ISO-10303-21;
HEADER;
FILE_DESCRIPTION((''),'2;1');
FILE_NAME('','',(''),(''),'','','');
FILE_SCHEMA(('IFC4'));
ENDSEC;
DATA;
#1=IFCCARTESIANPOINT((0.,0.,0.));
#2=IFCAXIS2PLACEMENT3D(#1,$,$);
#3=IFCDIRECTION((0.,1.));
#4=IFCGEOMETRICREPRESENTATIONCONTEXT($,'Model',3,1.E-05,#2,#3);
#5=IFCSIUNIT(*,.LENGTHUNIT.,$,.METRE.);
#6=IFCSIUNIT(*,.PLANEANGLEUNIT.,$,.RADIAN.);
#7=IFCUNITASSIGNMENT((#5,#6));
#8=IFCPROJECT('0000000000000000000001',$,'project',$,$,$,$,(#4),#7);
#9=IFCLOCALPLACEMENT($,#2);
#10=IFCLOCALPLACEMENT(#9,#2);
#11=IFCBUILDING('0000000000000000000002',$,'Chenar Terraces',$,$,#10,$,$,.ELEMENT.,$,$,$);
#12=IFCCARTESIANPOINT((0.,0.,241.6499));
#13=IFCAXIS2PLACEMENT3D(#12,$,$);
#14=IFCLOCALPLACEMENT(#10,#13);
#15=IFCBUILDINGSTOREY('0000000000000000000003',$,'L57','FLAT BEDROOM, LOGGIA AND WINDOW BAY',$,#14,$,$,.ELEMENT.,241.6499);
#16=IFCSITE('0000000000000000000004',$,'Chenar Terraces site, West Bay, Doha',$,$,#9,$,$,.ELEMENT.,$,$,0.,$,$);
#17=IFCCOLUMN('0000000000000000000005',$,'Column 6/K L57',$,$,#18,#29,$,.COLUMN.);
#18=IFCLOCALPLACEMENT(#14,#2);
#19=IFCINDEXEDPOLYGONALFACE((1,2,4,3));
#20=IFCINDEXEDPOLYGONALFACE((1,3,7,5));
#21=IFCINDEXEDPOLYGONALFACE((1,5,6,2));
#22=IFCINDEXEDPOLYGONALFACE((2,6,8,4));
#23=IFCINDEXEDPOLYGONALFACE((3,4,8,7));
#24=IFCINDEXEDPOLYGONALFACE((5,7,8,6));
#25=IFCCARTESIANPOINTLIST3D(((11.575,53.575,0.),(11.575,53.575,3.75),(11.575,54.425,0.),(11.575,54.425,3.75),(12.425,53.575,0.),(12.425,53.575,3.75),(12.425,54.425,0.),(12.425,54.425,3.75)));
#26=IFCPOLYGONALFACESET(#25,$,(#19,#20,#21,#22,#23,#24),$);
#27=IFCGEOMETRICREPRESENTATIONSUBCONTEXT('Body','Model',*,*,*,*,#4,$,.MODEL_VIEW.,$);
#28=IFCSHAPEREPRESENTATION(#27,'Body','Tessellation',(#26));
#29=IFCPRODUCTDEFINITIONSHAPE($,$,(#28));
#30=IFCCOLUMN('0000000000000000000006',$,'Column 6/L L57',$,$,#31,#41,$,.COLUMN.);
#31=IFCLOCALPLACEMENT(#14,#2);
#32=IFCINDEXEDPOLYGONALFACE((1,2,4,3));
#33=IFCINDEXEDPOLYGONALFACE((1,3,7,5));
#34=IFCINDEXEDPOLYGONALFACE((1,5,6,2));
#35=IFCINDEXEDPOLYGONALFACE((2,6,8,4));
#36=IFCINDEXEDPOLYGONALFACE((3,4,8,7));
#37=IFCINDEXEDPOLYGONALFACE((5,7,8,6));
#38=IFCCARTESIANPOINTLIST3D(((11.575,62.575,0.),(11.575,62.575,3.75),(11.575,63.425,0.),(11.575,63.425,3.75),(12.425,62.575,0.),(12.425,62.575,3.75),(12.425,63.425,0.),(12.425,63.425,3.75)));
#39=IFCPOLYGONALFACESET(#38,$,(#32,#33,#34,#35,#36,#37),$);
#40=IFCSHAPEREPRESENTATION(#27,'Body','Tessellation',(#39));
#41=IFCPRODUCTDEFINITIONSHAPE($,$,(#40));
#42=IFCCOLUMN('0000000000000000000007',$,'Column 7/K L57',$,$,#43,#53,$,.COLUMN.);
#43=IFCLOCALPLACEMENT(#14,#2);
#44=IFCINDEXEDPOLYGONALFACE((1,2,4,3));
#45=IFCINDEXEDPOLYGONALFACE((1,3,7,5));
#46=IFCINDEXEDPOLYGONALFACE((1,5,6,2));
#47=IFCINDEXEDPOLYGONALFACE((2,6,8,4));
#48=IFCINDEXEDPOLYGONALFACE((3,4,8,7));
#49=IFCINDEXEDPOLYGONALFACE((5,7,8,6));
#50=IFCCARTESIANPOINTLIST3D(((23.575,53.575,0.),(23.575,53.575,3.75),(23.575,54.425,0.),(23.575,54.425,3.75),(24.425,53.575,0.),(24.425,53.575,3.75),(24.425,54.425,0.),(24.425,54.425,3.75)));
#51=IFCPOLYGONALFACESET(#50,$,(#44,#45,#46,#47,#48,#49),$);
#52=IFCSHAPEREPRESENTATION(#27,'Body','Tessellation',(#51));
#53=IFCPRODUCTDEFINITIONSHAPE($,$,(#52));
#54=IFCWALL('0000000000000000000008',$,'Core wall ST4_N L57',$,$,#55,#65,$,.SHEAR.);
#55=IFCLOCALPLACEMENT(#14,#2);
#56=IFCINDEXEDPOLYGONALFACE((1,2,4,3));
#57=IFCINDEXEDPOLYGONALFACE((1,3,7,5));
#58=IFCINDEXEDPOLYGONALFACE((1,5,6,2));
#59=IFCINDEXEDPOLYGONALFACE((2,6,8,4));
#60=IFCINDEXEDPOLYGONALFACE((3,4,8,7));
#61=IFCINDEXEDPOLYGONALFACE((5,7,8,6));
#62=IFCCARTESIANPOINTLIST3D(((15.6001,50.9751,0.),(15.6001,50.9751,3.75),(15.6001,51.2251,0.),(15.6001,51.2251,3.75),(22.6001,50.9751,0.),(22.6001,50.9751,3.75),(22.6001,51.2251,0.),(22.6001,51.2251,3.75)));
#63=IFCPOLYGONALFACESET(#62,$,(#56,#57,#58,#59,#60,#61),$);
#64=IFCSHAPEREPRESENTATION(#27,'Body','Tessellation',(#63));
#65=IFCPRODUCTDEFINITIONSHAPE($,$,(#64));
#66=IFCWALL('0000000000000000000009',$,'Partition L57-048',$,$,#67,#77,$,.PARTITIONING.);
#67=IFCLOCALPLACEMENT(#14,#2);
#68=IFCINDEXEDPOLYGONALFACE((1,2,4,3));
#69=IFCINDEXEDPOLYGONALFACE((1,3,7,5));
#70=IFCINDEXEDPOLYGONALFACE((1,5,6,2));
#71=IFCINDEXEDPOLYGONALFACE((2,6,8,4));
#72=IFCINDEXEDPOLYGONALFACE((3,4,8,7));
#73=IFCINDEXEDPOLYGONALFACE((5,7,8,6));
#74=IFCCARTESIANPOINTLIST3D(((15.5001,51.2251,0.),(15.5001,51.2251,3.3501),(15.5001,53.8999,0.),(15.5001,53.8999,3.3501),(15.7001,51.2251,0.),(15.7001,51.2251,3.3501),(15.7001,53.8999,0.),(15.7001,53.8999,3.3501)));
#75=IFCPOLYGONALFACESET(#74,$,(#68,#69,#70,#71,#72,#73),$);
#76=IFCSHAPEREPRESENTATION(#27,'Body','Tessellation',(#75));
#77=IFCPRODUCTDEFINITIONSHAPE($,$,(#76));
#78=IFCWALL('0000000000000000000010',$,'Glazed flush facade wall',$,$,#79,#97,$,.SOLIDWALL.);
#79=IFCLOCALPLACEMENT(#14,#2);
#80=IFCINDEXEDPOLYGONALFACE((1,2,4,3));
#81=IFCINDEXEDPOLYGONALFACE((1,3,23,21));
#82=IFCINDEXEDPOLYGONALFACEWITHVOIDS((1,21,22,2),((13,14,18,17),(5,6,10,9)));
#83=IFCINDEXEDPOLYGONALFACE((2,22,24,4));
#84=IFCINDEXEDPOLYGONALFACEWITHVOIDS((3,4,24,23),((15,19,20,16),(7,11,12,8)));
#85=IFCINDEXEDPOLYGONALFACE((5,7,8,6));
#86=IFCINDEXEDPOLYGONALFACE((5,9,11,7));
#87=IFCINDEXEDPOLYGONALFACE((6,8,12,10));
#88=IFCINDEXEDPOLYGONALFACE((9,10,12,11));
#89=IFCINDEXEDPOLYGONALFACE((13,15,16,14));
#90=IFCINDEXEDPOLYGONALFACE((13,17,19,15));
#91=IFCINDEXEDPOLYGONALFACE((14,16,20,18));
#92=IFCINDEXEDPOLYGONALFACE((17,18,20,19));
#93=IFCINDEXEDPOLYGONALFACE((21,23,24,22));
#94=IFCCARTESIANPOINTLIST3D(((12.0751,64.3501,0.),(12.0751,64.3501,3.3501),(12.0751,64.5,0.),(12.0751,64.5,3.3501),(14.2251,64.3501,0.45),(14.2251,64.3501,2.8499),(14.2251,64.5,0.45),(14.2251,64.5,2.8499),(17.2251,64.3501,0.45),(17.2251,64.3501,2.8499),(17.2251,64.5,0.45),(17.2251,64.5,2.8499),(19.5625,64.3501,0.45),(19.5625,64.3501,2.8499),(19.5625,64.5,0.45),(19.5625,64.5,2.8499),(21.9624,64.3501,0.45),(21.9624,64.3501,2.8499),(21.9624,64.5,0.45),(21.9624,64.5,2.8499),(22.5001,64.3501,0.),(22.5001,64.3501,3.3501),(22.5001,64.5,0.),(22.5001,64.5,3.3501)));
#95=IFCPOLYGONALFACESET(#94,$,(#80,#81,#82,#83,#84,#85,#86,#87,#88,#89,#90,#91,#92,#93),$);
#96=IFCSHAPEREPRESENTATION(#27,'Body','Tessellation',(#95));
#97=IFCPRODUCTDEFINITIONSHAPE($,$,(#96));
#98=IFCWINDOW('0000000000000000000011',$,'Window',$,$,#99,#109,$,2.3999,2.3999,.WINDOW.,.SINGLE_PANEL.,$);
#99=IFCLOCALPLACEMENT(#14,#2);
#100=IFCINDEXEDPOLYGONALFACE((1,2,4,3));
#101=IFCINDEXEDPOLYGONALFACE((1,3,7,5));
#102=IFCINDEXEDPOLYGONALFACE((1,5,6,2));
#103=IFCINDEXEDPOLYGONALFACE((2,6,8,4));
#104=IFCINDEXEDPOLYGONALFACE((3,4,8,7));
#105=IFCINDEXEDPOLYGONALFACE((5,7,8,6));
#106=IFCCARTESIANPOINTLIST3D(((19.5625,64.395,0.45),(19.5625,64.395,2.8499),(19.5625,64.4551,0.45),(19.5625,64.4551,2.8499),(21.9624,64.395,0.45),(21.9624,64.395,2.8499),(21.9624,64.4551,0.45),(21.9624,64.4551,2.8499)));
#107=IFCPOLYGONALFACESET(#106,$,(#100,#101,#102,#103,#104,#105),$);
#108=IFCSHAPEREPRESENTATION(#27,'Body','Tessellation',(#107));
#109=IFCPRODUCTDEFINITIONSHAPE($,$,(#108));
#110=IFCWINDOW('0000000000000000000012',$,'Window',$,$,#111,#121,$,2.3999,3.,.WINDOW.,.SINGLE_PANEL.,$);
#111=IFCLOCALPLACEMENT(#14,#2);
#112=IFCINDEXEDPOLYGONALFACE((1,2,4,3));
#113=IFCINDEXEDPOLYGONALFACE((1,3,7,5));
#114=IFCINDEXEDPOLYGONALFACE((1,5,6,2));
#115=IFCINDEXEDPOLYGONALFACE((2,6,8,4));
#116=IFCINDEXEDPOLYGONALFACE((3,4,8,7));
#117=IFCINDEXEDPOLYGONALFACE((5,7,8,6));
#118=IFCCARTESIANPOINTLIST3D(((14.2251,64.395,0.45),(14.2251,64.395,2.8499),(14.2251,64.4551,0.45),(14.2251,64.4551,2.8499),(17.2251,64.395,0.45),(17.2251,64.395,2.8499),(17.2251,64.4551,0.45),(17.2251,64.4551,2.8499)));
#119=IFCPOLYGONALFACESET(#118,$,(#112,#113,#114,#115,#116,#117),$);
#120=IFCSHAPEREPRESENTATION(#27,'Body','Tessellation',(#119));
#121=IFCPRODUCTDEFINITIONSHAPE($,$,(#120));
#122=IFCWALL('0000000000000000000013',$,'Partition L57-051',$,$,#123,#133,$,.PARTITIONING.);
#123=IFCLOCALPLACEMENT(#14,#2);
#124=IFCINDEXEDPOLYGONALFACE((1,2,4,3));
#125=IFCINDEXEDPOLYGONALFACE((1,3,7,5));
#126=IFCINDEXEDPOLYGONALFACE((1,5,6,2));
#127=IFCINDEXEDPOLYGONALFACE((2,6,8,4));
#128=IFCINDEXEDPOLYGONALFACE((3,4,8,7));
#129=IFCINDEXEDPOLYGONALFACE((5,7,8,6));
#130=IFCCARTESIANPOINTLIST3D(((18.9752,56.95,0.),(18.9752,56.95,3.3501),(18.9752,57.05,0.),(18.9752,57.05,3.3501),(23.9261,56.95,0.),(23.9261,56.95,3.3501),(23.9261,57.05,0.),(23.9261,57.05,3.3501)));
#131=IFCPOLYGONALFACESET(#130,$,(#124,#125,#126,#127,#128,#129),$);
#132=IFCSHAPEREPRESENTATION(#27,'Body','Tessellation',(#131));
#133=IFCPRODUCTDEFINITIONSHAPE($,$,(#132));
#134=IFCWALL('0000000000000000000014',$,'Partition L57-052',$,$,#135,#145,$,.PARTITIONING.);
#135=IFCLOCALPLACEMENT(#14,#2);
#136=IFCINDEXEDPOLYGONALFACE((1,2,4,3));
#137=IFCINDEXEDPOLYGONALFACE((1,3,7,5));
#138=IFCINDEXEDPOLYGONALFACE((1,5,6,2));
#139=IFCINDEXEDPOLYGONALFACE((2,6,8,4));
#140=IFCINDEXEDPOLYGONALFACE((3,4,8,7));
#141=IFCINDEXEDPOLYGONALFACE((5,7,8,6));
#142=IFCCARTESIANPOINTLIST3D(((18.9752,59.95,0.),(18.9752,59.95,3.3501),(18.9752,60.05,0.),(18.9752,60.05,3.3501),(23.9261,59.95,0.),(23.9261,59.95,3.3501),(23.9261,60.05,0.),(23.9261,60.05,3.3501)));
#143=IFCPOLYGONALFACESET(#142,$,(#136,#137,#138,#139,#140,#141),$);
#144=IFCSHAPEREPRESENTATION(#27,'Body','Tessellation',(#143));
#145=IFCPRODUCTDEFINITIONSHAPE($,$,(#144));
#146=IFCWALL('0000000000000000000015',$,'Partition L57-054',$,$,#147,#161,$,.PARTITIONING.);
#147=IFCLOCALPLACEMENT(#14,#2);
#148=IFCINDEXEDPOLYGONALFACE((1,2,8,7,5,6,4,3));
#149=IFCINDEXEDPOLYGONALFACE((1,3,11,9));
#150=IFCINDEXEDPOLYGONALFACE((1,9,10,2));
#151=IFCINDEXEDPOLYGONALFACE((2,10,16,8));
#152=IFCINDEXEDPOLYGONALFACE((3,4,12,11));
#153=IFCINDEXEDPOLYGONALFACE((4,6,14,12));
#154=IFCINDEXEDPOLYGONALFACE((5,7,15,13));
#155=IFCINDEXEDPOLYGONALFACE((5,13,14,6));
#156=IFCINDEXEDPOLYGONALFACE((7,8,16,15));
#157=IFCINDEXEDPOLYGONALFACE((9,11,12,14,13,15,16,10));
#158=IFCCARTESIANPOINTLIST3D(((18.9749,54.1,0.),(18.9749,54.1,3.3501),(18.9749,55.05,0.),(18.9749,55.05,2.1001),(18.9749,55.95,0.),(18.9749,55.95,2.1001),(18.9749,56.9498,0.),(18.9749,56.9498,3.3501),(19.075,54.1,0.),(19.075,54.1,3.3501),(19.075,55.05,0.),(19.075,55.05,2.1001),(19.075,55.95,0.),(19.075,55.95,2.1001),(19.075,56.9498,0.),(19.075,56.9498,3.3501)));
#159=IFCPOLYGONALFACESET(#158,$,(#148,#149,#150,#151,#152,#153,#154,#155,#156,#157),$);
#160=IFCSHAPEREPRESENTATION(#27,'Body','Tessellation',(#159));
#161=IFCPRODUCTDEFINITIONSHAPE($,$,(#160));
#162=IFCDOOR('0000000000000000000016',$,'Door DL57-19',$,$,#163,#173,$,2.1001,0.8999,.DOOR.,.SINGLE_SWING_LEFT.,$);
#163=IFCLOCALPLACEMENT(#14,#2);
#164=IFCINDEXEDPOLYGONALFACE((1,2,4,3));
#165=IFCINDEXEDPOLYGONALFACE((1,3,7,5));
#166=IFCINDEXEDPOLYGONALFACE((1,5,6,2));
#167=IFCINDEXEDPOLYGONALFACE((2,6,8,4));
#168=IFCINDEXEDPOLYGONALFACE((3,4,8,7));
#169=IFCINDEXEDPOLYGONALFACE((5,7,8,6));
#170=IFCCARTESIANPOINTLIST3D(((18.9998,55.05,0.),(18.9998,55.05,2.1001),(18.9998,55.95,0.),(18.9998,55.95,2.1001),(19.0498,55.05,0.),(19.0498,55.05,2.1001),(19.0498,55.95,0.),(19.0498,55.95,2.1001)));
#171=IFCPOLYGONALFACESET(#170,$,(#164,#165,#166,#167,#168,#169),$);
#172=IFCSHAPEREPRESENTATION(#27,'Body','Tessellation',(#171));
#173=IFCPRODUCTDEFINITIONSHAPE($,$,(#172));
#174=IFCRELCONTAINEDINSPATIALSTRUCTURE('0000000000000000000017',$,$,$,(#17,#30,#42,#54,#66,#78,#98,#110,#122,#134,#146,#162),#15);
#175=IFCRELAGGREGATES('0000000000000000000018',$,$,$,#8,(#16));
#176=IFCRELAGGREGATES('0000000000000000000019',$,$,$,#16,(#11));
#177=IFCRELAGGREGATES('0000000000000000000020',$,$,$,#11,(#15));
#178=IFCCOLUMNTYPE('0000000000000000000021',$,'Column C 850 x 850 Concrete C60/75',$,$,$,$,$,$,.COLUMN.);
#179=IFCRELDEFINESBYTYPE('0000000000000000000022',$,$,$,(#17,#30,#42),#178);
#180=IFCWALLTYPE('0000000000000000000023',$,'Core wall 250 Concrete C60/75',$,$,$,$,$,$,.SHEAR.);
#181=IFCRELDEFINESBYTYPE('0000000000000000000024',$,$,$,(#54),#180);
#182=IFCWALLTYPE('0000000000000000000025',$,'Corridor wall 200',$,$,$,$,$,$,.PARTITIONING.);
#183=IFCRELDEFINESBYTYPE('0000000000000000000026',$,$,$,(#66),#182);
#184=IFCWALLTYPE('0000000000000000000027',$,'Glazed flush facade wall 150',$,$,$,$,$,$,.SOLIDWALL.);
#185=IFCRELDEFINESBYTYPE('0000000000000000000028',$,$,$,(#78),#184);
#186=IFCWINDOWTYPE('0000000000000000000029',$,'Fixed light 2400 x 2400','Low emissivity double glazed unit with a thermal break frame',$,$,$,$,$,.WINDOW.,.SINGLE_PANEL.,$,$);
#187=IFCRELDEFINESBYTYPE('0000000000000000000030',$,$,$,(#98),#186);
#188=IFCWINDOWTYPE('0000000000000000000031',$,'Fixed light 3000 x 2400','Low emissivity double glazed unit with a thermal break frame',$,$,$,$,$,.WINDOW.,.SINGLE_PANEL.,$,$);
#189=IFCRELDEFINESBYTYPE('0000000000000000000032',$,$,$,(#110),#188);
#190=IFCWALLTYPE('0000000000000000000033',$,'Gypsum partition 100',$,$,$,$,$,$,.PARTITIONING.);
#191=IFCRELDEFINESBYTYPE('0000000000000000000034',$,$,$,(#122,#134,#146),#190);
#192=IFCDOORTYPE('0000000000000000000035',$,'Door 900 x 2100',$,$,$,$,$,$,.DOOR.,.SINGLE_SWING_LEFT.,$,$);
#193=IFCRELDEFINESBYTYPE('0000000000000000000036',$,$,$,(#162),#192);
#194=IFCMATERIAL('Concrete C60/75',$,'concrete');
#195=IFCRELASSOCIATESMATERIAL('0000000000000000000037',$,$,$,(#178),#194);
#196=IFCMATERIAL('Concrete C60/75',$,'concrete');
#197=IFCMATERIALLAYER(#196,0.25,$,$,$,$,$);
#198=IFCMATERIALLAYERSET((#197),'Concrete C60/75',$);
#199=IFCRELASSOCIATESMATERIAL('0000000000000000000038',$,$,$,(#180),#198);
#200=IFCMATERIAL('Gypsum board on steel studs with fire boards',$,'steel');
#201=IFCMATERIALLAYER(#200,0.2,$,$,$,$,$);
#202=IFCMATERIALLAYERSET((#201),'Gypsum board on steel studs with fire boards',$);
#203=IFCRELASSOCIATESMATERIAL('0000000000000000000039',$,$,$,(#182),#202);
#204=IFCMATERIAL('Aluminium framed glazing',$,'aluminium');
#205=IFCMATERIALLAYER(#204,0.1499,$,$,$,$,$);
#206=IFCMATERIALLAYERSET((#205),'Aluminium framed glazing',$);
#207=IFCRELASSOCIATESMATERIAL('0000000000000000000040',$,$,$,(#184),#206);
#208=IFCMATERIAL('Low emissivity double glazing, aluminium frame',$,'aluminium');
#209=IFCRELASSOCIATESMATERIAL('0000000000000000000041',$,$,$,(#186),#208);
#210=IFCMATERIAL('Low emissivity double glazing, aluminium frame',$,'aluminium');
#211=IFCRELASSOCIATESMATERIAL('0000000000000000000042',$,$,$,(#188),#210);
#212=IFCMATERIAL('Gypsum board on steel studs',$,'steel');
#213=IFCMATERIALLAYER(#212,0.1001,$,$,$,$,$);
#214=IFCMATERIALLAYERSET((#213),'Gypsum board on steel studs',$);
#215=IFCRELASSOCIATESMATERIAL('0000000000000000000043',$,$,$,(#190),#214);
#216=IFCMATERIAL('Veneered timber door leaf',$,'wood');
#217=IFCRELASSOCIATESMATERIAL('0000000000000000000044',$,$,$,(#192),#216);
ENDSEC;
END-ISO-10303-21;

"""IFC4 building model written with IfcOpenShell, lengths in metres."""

from ifc_helpers import new_model, si_unit, direction, frame, frame_2d, origin, origin_2d, place, context, subcontext, project, spatial, rectangle, extrude, material, layer, layer_set, material_profile, profile_set, type_object, element, fill, save


model = new_model("IFC4")

# Units and contexts
model_context = context("Model", 3, precision=1e-05, world=origin(), true_north=direction((0.0, 1.0)))
body_context = subcontext(model_context, "Body", "Model", "MODEL_VIEW")
ifc_project = project(units=[si_unit("LENGTHUNIT", "METRE"), si_unit("PLANEANGLEUNIT", "RADIAN")], contexts=[model_context])

# Site, building, storey
site_placement = place(None, origin())
site = spatial("IfcSite", under=ifc_project, at=site_placement, Name="Chenar Terraces site, West Bay, Doha", CompositionType="ELEMENT", RefElevation=0.0)
building_placement = place(site_placement, origin())
building = spatial("IfcBuilding", under=site, at=building_placement, Name="Chenar Terraces", CompositionType="ELEMENT")
storey_placement = place(building_placement, frame((0.0, 0.0, 241.6499)))
storey = spatial("IfcBuildingStorey", under=building, at=storey_placement, Name="L57", Description="FLAT BEDROOM, LOGGIA AND WINDOW BAY", CompositionType="ELEMENT", Elevation=241.6499)

# Columns
ifc_material_1 = material(Name="Concrete C60/75", Category="concrete")
ifc_material_profile = material_profile(ifc_material_1, rectangle(XDim=0.8501, YDim=0.8501, at=origin_2d()), Name="C 850 x 850")
ifc_profile_set = profile_set([ifc_material_profile], Name="Concrete C60/75")
column_type = type_object("IfcColumnType", Name="Column C 850 x 850 Concrete C60/75", PredefinedType="COLUMN", material=ifc_profile_set)
for number, where, z_axis, x_axis, name in (
    (1, (12.0, 54.0, 0.0), (0.0, 0.0, 1.0), (1.0, 0.0, 0.0), "Column 6/K L57"),
    (2, (12.0, 63.0, 0.0), (0.0, 0.0, 1.0), (1.0, 0.0, 0.0), "Column 6/L L57"),
    (3, (24.0, 54.0, 0.0), (0.0, 0.0, 1.0), (1.0, 0.0, 0.0), "Column 7/K L57"),
):
    element("IfcColumn", number, at=place(storey_placement, frame(where, z_axis=z_axis, x_axis=x_axis)), inside=storey, type_object=column_type, Name=name, PredefinedType="COLUMN", context=body_context, shape_type="SweptSolid", body=[
        extrude(rectangle(XDim=0.8501, YDim=0.8501, at=origin_2d()), origin(), (0.0, 0.0, 1.0), 3.75),
    ])

# Walls
ifc_material_2 = material(Name="Concrete C60/75", Category="concrete")
ifc_layer_1 = layer(ifc_material_2, 0.25)
ifc_layer_set_1 = layer_set([ifc_layer_1], Name="Concrete C60/75")
wall_type_1 = type_object("IfcWallType", Name="Core wall 250 Concrete C60/75", PredefinedType="SHEAR", material=ifc_layer_set_1)
wall_1_placement = place(storey_placement, frame((15.6001, 51.1001, 0.0), z_axis=(0.0, 0.0, 1.0), x_axis=(1.0, 0.0, 0.0)))
element("IfcWall", 4, at=wall_1_placement, inside=storey, type_object=wall_type_1, Name="Core wall ST4_N L57", PredefinedType="SHEAR", context=body_context, shape_type="SweptSolid", body=[
    extrude(rectangle(XDim=7.0, YDim=0.25, at=frame_2d((3.5, 0.0))), origin(), (0.0, 0.0, 1.0), 3.75),
])
ifc_material_3 = material(Name="Gypsum board on steel studs with fire boards", Category="steel")
ifc_layer_2 = layer(ifc_material_3, 0.2)
ifc_layer_set_2 = layer_set([ifc_layer_2], Name="Gypsum board on steel studs with fire boards")
wall_type_2 = type_object("IfcWallType", Name="Corridor wall 200", PredefinedType="PARTITIONING", material=ifc_layer_set_2)
wall_2_placement = place(storey_placement, frame((15.6001, 51.2251, 0.0), z_axis=(0.0, 0.0, 1.0), x_axis=(0.0, 1.0, 0.0)))
element("IfcWall", 5, at=wall_2_placement, inside=storey, type_object=wall_type_2, Name="Partition L57-048", PredefinedType="PARTITIONING", context=body_context, shape_type="SweptSolid", body=[
    extrude(rectangle(XDim=2.6748, YDim=0.2, at=frame_2d((1.3374, 0.0))), origin(), (0.0, 0.0, 1.0), 3.3501),
])

# Wall, openings, windows
ifc_material_4 = material(Name="Aluminium framed glazing", Category="aluminium")
ifc_layer_3 = layer(ifc_material_4, 0.1499)
ifc_layer_set_3 = layer_set([ifc_layer_3], Name="Aluminium framed glazing")
wall_type_3 = type_object("IfcWallType", Name="Glazed flush facade wall 150", PredefinedType="SOLIDWALL", material=ifc_layer_set_3)
wall_3_placement = place(storey_placement, frame((22.5, 64.425, 0.0), z_axis=(0.0, 0.0, 1.0), x_axis=(-1.0, 0.0, 0.0)))
wall_3 = element("IfcWall", 6, at=wall_3_placement, inside=storey, type_object=wall_type_3, Name="Glazed flush facade wall", PredefinedType="SOLIDWALL", context=body_context, shape_type="SweptSolid", body=[
    extrude(rectangle(XDim=10.425, YDim=0.1499, at=frame_2d((5.2124, 0.0))), origin(), (0.0, 0.0, 1.0), 3.3501),
])
opening_1_placement = place(wall_3_placement, frame((0.5376, 0.0, 0.45)))
opening_1 = element("IfcOpeningElement", 7, at=opening_1_placement, cuts=wall_3, PredefinedType="OPENING", context=body_context, shape_type="SweptSolid", body=[
    extrude(rectangle(XDim=2.3999, YDim=2.3999, at=frame_2d((1.2, 1.2))), frame((0.0, 0.085, 0.0), z_axis=(0.0, -1.0, 0.0), x_axis=(1.0, 0.0, 0.0)), (0.0, 0.0, 1.0), 0.1699),
])
opening_2_placement = place(wall_3_placement, frame((5.2749, 0.0, 0.45)))
opening_2 = element("IfcOpeningElement", 8, at=opening_2_placement, cuts=wall_3, PredefinedType="OPENING", context=body_context, shape_type="SweptSolid", body=[
    extrude(rectangle(XDim=3.0, YDim=2.3999, at=frame_2d((1.5, 1.2))), frame((0.0, 0.085, 0.0), z_axis=(0.0, -1.0, 0.0), x_axis=(1.0, 0.0, 0.0)), (0.0, 0.0, 1.0), 0.1699),
])
ifc_material_5 = material(Name="Low emissivity double glazing, aluminium frame", Category="aluminium")
window_type_1 = type_object("IfcWindowType", Name="Fixed light 2400 x 2400", Description="Low emissivity double glazed unit with a thermal break frame", PartitioningType="SINGLE_PANEL", PredefinedType="WINDOW", material=ifc_material_5)
window_1_placement = place(opening_1_placement, origin())
window_1 = element("IfcWindow", 9, at=window_1_placement, inside=storey, type_object=window_type_1, Name="Window", OverallHeight=2.3999, OverallWidth=2.3999, PartitioningType="SINGLE_PANEL", PredefinedType="WINDOW", context=body_context, shape_type="SweptSolid", body=[
    extrude(rectangle(XDim=2.3999, YDim=2.3999, at=frame_2d((1.2, 1.2))), frame((0.0, 0.03, 0.0), z_axis=(0.0, -1.0, 0.0), x_axis=(1.0, 0.0, 0.0)), (0.0, 0.0, 1.0), 0.0601),
])
fill(opening_1, window_1)
ifc_material_6 = material(Name="Low emissivity double glazing, aluminium frame", Category="aluminium")
window_type_2 = type_object("IfcWindowType", Name="Fixed light 3000 x 2400", Description="Low emissivity double glazed unit with a thermal break frame", PartitioningType="SINGLE_PANEL", PredefinedType="WINDOW", material=ifc_material_6)
window_2_placement = place(opening_2_placement, origin())
window_2 = element("IfcWindow", 10, at=window_2_placement, inside=storey, type_object=window_type_2, Name="Window", OverallHeight=2.3999, OverallWidth=3.0, PartitioningType="SINGLE_PANEL", PredefinedType="WINDOW", context=body_context, shape_type="SweptSolid", body=[
    extrude(rectangle(XDim=3.0, YDim=2.3999, at=frame_2d((1.5, 1.2))), frame((0.0, 0.03, 0.0), z_axis=(0.0, -1.0, 0.0), x_axis=(1.0, 0.0, 0.0)), (0.0, 0.0, 1.0), 0.0601),
])
fill(opening_2, window_2)

# Walls
ifc_material_7 = material(Name="Gypsum board on steel studs", Category="steel")
ifc_layer_4 = layer(ifc_material_7, 0.1001)
ifc_layer_set_4 = layer_set([ifc_layer_4], Name="Gypsum board on steel studs")
wall_type_4 = type_object("IfcWallType", Name="Gypsum partition 100", PredefinedType="PARTITIONING", material=ifc_layer_set_4)
for number, where, z_axis, x_axis, name in (
    (11, (18.9751, 57.0, 0.0), (0.0, 0.0, 1.0), (1.0, 0.0, 0.0), "Partition L57-051"),
    (12, (18.9751, 60.0, 0.0), (0.0, 0.0, 1.0), (1.0, 0.0, 0.0), "Partition L57-052"),
):
    element("IfcWall", number, at=place(storey_placement, frame(where, z_axis=z_axis, x_axis=x_axis)), inside=storey, type_object=wall_type_4, Name=name, PredefinedType="PARTITIONING", context=body_context, shape_type="SweptSolid", body=[
        extrude(rectangle(XDim=4.9509, YDim=0.1001, at=frame_2d((2.4756, 0.0))), origin(), (0.0, 0.0, 1.0), 3.3501),
    ])

# Wall, opening, door
wall_4_placement = place(storey_placement, frame((19.0249, 54.1001, 0.0), z_axis=(0.0, 0.0, 1.0), x_axis=(0.0, 1.0, 0.0)))
wall_4 = element("IfcWall", 13, at=wall_4_placement, inside=storey, type_object=wall_type_4, Name="Partition L57-054", PredefinedType="PARTITIONING", context=body_context, shape_type="SweptSolid", body=[
    extrude(rectangle(XDim=2.8499, YDim=0.1001, at=frame_2d((1.4248, 0.0))), origin(), (0.0, 0.0, 1.0), 3.3501),
])
opening_3_placement = place(wall_4_placement, frame((0.95, 0.0, 0.0)))
opening_3 = element("IfcOpeningElement", 14, at=opening_3_placement, cuts=wall_4, PredefinedType="OPENING", context=body_context, shape_type="SweptSolid", body=[
    extrude(rectangle(XDim=0.8999, YDim=2.1001, at=frame_2d((0.45, 1.05))), frame((0.0, 0.0601, 0.0), z_axis=(0.0, -1.0, 0.0), x_axis=(1.0, 0.0, 0.0)), (0.0, 0.0, 1.0), 0.1201),
])
ifc_material_8 = material(Name="Veneered timber door leaf", Category="wood")
door_type_1 = type_object("IfcDoorType", Name="Door 900 x 2100", OperationType="SINGLE_SWING_LEFT", PredefinedType="DOOR", material=ifc_material_8)
door_1_placement = place(opening_3_placement, frame((0.8999, 0.0, 0.0), z_axis=(0.0, 0.0, 1.0), x_axis=(-1.0, 0.0, 0.0)))
door_1 = element("IfcDoor", 15, at=door_1_placement, inside=storey, type_object=door_type_1, Name="Door DL57-19", OperationType="SINGLE_SWING_LEFT", OverallHeight=2.1001, OverallWidth=0.8999, PredefinedType="DOOR", context=body_context, shape_type="SweptSolid", body=[
    extrude(rectangle(XDim=0.8999, YDim=2.1001, at=frame_2d((0.45, 1.05))), frame((0.0, 0.0249, 0.0), z_axis=(0.0, -1.0, 0.0), x_axis=(1.0, 0.0, 0.0)), (0.0, 0.0, 1.0), 0.05),
])
fill(opening_3, door_1)

save(model, "model.ifc")
